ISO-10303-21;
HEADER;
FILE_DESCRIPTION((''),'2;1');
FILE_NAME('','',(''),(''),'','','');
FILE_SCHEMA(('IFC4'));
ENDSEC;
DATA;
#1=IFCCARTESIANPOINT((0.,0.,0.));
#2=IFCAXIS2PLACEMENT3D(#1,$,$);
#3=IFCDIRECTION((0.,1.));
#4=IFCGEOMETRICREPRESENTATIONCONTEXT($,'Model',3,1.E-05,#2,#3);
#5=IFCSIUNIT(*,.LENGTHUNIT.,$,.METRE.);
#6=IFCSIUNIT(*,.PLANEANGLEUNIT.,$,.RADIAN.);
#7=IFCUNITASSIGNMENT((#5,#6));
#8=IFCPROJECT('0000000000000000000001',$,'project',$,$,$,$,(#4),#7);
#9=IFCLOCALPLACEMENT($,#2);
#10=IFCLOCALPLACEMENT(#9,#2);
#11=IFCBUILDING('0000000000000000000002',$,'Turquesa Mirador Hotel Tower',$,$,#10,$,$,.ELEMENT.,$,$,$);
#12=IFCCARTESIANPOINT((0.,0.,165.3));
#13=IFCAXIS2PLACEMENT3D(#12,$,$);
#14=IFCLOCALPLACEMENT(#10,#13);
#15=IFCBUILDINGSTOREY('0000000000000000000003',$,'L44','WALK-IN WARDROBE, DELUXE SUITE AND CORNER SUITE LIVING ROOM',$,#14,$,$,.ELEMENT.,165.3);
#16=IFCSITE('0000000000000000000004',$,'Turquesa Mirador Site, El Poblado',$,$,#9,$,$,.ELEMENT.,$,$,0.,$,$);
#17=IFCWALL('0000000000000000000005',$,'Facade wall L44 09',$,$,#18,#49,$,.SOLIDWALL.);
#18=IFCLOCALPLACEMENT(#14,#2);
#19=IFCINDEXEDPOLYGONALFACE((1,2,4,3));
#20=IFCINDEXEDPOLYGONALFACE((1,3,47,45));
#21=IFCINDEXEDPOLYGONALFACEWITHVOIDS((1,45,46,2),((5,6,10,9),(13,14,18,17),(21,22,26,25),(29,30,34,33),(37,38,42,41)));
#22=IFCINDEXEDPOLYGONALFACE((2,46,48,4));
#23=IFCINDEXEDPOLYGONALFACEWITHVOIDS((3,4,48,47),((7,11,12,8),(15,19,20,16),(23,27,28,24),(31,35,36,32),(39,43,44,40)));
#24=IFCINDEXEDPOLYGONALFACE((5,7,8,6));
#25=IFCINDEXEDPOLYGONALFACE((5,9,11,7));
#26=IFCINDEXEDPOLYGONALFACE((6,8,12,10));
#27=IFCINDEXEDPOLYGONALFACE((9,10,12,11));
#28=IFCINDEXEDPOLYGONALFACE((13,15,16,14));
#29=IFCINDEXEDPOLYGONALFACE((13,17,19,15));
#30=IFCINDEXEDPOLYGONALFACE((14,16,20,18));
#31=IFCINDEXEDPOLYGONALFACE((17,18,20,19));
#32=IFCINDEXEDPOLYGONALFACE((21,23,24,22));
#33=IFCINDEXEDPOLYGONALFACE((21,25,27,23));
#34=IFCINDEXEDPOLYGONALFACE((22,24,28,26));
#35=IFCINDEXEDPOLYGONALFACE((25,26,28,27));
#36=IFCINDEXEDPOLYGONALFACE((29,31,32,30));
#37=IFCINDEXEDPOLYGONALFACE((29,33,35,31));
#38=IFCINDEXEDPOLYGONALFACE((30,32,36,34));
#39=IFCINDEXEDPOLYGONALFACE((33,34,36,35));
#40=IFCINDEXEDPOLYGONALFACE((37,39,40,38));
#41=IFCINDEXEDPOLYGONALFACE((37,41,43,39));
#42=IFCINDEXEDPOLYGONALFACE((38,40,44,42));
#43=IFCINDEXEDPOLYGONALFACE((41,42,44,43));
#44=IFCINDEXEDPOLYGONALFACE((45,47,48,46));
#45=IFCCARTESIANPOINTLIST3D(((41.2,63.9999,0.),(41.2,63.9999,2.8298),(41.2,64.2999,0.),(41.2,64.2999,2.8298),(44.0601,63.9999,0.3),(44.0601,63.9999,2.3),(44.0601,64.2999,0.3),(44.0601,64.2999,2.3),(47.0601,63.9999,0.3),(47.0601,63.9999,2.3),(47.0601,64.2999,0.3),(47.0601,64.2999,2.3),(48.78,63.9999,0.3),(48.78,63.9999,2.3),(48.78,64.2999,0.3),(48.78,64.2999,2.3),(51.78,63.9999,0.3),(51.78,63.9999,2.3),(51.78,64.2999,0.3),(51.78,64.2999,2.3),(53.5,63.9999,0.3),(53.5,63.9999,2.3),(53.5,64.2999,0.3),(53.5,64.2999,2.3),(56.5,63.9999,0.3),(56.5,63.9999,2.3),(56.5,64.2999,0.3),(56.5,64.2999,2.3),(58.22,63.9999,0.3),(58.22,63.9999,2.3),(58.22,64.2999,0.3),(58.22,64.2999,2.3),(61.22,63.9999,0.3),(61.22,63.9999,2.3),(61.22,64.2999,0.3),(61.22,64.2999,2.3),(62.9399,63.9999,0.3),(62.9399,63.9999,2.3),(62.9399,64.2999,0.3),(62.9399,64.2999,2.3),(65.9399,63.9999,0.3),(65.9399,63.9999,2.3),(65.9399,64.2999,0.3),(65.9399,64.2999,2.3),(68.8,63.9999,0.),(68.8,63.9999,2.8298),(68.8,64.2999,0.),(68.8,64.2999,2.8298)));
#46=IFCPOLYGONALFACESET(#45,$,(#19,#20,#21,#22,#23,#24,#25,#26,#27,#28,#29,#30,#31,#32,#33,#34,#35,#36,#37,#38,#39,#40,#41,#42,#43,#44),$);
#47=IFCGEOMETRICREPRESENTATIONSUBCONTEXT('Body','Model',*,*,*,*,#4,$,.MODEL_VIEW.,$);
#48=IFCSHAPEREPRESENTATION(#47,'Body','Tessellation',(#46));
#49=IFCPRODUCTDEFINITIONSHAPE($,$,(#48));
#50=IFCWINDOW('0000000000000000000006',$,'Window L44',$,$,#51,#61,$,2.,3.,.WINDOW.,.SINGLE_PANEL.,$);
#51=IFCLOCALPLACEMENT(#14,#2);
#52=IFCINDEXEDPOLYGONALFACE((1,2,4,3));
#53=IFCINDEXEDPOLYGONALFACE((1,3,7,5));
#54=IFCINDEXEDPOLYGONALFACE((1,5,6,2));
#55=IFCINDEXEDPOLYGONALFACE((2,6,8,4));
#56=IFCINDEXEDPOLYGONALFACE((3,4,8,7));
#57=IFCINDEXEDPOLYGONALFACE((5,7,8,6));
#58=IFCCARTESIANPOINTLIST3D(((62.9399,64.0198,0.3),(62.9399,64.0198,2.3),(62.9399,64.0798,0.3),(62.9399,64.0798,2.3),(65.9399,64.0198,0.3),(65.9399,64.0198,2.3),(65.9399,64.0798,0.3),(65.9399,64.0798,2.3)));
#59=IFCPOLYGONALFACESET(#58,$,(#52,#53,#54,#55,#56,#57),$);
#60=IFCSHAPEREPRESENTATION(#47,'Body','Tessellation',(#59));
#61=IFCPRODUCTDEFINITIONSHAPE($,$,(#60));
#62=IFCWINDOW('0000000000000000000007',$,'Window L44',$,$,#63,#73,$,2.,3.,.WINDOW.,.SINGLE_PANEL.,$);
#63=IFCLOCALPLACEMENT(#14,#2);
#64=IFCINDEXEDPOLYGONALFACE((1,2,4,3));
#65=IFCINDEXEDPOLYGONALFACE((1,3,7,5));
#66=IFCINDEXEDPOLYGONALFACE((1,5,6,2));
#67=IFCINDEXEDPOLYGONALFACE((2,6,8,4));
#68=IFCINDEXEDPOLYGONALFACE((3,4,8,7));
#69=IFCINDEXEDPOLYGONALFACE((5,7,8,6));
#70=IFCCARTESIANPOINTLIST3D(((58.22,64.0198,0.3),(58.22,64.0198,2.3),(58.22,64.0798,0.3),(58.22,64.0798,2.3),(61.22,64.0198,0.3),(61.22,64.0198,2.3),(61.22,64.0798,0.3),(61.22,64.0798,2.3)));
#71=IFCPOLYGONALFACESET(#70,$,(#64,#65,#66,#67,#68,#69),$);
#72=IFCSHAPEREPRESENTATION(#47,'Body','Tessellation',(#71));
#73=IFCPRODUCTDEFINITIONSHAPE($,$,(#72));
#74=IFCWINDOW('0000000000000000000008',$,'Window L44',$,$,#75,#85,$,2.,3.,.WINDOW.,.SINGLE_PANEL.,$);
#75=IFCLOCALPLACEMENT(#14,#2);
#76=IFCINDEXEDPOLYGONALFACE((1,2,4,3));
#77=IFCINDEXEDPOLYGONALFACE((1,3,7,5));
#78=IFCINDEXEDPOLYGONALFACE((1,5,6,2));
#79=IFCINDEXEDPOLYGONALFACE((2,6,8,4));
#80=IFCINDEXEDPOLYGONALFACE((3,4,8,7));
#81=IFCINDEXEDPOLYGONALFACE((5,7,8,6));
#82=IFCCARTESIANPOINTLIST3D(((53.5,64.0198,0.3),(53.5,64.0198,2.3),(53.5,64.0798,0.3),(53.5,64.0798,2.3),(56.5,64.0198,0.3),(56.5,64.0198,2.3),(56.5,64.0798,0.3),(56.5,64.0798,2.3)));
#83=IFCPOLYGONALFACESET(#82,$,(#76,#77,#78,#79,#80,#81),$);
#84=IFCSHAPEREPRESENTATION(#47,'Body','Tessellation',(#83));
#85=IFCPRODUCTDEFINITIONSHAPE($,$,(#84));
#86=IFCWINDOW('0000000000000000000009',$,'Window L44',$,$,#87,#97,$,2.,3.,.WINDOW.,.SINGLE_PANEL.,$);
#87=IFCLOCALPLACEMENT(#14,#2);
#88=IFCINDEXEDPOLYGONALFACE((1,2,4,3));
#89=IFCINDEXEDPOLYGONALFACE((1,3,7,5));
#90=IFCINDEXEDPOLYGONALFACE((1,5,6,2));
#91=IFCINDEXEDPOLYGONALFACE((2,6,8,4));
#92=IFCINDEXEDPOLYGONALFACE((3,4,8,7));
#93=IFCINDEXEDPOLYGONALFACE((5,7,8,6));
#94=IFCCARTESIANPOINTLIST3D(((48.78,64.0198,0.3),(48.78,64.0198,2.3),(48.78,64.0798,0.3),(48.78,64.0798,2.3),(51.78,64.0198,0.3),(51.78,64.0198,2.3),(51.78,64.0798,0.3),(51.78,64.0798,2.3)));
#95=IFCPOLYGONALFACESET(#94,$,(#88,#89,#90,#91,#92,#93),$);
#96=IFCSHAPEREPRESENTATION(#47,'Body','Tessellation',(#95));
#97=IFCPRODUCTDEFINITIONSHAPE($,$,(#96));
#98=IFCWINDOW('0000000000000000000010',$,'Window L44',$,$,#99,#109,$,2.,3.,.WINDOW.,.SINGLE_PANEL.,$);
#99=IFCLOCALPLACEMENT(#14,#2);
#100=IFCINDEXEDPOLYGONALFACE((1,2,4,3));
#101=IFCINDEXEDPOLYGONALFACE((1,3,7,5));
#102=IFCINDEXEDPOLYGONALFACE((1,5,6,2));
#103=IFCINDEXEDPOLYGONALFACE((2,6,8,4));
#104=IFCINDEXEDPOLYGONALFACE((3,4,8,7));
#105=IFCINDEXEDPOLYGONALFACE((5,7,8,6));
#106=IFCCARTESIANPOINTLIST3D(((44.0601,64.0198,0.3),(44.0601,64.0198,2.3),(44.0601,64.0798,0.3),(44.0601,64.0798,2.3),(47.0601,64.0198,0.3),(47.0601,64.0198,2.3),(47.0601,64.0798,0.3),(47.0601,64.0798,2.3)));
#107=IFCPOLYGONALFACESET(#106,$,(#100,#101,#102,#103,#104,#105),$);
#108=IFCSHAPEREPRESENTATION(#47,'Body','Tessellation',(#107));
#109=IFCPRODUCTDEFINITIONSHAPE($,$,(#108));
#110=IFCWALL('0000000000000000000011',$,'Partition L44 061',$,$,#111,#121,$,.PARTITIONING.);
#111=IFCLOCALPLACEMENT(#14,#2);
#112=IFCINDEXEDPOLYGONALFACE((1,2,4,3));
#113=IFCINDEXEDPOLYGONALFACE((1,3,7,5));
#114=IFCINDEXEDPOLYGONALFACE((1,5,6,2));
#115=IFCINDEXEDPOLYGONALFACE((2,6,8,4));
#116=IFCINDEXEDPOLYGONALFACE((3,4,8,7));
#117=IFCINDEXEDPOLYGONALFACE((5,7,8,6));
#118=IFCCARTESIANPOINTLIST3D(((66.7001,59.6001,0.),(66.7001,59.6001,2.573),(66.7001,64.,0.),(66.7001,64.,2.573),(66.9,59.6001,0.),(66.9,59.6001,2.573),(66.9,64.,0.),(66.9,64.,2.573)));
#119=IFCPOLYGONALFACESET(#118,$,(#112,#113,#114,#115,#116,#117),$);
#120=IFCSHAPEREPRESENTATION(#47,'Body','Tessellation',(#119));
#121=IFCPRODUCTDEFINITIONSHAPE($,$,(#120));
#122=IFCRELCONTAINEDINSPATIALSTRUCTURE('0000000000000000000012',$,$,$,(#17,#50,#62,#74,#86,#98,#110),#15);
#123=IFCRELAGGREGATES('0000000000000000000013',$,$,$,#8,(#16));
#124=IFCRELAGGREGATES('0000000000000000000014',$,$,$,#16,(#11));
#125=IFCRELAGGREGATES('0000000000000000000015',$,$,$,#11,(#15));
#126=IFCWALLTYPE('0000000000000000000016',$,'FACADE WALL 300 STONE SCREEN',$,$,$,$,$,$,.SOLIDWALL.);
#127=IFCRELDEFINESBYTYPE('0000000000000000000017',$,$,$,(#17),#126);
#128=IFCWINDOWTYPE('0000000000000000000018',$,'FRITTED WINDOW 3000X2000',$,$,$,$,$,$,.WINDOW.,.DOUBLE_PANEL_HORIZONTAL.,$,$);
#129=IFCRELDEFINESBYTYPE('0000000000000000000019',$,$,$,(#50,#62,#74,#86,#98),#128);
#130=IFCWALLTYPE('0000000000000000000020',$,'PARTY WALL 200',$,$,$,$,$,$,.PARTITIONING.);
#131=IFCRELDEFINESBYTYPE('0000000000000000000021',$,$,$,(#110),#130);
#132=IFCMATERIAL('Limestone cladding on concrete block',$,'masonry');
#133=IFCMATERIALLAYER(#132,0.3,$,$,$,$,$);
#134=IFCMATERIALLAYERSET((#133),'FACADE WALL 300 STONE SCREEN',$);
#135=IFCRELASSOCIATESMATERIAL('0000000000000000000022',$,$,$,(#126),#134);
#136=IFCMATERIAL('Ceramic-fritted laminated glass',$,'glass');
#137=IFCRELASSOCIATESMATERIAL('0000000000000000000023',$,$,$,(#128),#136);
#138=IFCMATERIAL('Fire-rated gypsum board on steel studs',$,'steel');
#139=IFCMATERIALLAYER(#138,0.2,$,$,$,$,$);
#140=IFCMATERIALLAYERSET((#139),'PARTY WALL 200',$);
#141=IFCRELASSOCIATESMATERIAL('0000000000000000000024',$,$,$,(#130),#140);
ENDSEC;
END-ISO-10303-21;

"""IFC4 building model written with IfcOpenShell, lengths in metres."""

from ifc_helpers import new_model, si_unit, direction, frame, frame_2d, origin, place, context, subcontext, project, spatial, rectangle, extrude, material, layer, layer_set, type_object, element, fill, save


model = new_model("IFC4")

# Units and contexts
model_context = context("Model", 3, precision=1e-05, world=origin(), true_north=direction((0.0, 1.0)))
body_context = subcontext(model_context, "Body", "Model", "MODEL_VIEW")
ifc_project = project(units=[si_unit("LENGTHUNIT", "METRE"), si_unit("PLANEANGLEUNIT", "RADIAN")], contexts=[model_context])

# Site, building, storey
site_placement = place(None, origin())
site = spatial("IfcSite", under=ifc_project, at=site_placement, Name="Turquesa Mirador Site, El Poblado", CompositionType="ELEMENT", RefElevation=0.0)
building_placement = place(site_placement, origin())
building = spatial("IfcBuilding", under=site, at=building_placement, Name="Turquesa Mirador Hotel Tower", CompositionType="ELEMENT")
storey_placement = place(building_placement, frame((0.0, 0.0, 165.3)))
storey = spatial("IfcBuildingStorey", under=building, at=storey_placement, Name="L44", Description="WALK-IN WARDROBE, DELUXE SUITE AND CORNER SUITE LIVING ROOM", CompositionType="ELEMENT", Elevation=165.3)

# Shared definitions
ifc_material_1 = material(Name="Limestone cladding on concrete block", Category="masonry")
ifc_layer_1 = layer(ifc_material_1, 0.3)
ifc_layer_set_1 = layer_set([ifc_layer_1], Name="FACADE WALL 300 STONE SCREEN")
wall_type_1 = type_object("IfcWallType", Name="FACADE WALL 300 STONE SCREEN", PredefinedType="SOLIDWALL", material=ifc_layer_set_1)

# Wall, openings, windows
wall_1_placement = place(storey_placement, frame((68.8, 64.1499, 0.0), z_axis=(0.0, 0.0, 1.0), x_axis=(-1.0, 0.0, 0.0)))
wall_1 = element("IfcWall", 1, at=wall_1_placement, inside=storey, type_object=wall_type_1, Name="Facade wall L44 09", PredefinedType="SOLIDWALL", context=body_context, shape_type="SweptSolid", body=[
    extrude(rectangle(XDim=27.6001, YDim=0.3, at=frame_2d((13.8, 0.0))), origin(), (0.0, 0.0, 1.0), 2.8298),
])
opening_1_placement = place(wall_1_placement, frame((2.8601, 0.0, 0.3)))
opening_1 = element("IfcOpeningElement", 2, at=opening_1_placement, cuts=wall_1, PredefinedType="OPENING", context=body_context, shape_type="SweptSolid", body=[
    extrude(rectangle(XDim=3.0, YDim=2.0, at=frame_2d((1.5, 1.0))), frame((0.0, 0.1599, 0.0), z_axis=(0.0, -1.0, 0.0), x_axis=(1.0, 0.0, 0.0)), (0.0, 0.0, 1.0), 0.3201),
])
opening_2_placement = place(wall_1_placement, frame((7.5801, 0.0, 0.3)))
opening_2 = element("IfcOpeningElement", 3, at=opening_2_placement, cuts=wall_1, PredefinedType="OPENING", context=body_context, shape_type="SweptSolid", body=[
    extrude(rectangle(XDim=3.0, YDim=2.0, at=frame_2d((1.5, 1.0))), frame((0.0, 0.1599, 0.0), z_axis=(0.0, -1.0, 0.0), x_axis=(1.0, 0.0, 0.0)), (0.0, 0.0, 1.0), 0.3201),
])
opening_3_placement = place(wall_1_placement, frame((12.3, 0.0, 0.3)))
opening_3 = element("IfcOpeningElement", 4, at=opening_3_placement, cuts=wall_1, PredefinedType="OPENING", context=body_context, shape_type="SweptSolid", body=[
    extrude(rectangle(XDim=3.0, YDim=2.0, at=frame_2d((1.5, 1.0))), frame((0.0, 0.1599, 0.0), z_axis=(0.0, -1.0, 0.0), x_axis=(1.0, 0.0, 0.0)), (0.0, 0.0, 1.0), 0.3201),
])
opening_4_placement = place(wall_1_placement, frame((17.02, 0.0, 0.3)))
opening_4 = element("IfcOpeningElement", 5, at=opening_4_placement, cuts=wall_1, PredefinedType="OPENING", context=body_context, shape_type="SweptSolid", body=[
    extrude(rectangle(XDim=3.0, YDim=2.0, at=frame_2d((1.5, 1.0))), frame((0.0, 0.1599, 0.0), z_axis=(0.0, -1.0, 0.0), x_axis=(1.0, 0.0, 0.0)), (0.0, 0.0, 1.0), 0.3201),
])
opening_5_placement = place(wall_1_placement, frame((21.74, 0.0, 0.3)))
opening_5 = element("IfcOpeningElement", 6, at=opening_5_placement, cuts=wall_1, PredefinedType="OPENING", context=body_context, shape_type="SweptSolid", body=[
    extrude(rectangle(XDim=3.0, YDim=2.0, at=frame_2d((1.5, 1.0))), frame((0.0, 0.1599, 0.0), z_axis=(0.0, -1.0, 0.0), x_axis=(1.0, 0.0, 0.0)), (0.0, 0.0, 1.0), 0.3201),
])
ifc_material_2 = material(Name="Ceramic-fritted laminated glass", Category="glass")
window_type_1 = type_object("IfcWindowType", Name="FRITTED WINDOW 3000X2000", PartitioningType="DOUBLE_PANEL_HORIZONTAL", PredefinedType="WINDOW", material=ifc_material_2)
window_1_placement = place(opening_1_placement, origin())
window_1 = element("IfcWindow", 7, at=window_1_placement, inside=storey, type_object=window_type_1, Name="Window L44", OverallHeight=2.0, OverallWidth=3.0, PartitioningType="SINGLE_PANEL", PredefinedType="WINDOW", context=body_context, shape_type="SweptSolid", body=[
    extrude(rectangle(XDim=3.0, YDim=2.0, at=frame_2d((1.5, 1.0))), frame((0.0, 0.1301, 0.0), z_axis=(0.0, -1.0, 0.0), x_axis=(1.0, 0.0, 0.0)), (0.0, 0.0, 1.0), 0.0601),
])
fill(opening_1, window_1)
window_2_placement = place(opening_2_placement, origin())
window_2 = element("IfcWindow", 8, at=window_2_placement, inside=storey, type_object=window_type_1, Name="Window L44", OverallHeight=2.0, OverallWidth=3.0, PartitioningType="SINGLE_PANEL", PredefinedType="WINDOW", context=body_context, shape_type="SweptSolid", body=[
    extrude(rectangle(XDim=3.0, YDim=2.0, at=frame_2d((1.5, 1.0))), frame((0.0, 0.1301, 0.0), z_axis=(0.0, -1.0, 0.0), x_axis=(1.0, 0.0, 0.0)), (0.0, 0.0, 1.0), 0.0601),
])
fill(opening_2, window_2)
window_3_placement = place(opening_3_placement, origin())
window_3 = element("IfcWindow", 9, at=window_3_placement, inside=storey, type_object=window_type_1, Name="Window L44", OverallHeight=2.0, OverallWidth=3.0, PartitioningType="SINGLE_PANEL", PredefinedType="WINDOW", context=body_context, shape_type="SweptSolid", body=[
    extrude(rectangle(XDim=3.0, YDim=2.0, at=frame_2d((1.5, 1.0))), frame((0.0, 0.1301, 0.0), z_axis=(0.0, -1.0, 0.0), x_axis=(1.0, 0.0, 0.0)), (0.0, 0.0, 1.0), 0.0601),
])
fill(opening_3, window_3)
window_4_placement = place(opening_4_placement, origin())
window_4 = element("IfcWindow", 10, at=window_4_placement, inside=storey, type_object=window_type_1, Name="Window L44", OverallHeight=2.0, OverallWidth=3.0, PartitioningType="SINGLE_PANEL", PredefinedType="WINDOW", context=body_context, shape_type="SweptSolid", body=[
    extrude(rectangle(XDim=3.0, YDim=2.0, at=frame_2d((1.5, 1.0))), frame((0.0, 0.1301, 0.0), z_axis=(0.0, -1.0, 0.0), x_axis=(1.0, 0.0, 0.0)), (0.0, 0.0, 1.0), 0.0601),
])
fill(opening_4, window_4)
window_5_placement = place(opening_5_placement, origin())
window_5 = element("IfcWindow", 11, at=window_5_placement, inside=storey, type_object=window_type_1, Name="Window L44", OverallHeight=2.0, OverallWidth=3.0, PartitioningType="SINGLE_PANEL", PredefinedType="WINDOW", context=body_context, shape_type="SweptSolid", body=[
    extrude(rectangle(XDim=3.0, YDim=2.0, at=frame_2d((1.5, 1.0))), frame((0.0, 0.1301, 0.0), z_axis=(0.0, -1.0, 0.0), x_axis=(1.0, 0.0, 0.0)), (0.0, 0.0, 1.0), 0.0601),
])
fill(opening_5, window_5)

# Wall
ifc_material_3 = material(Name="Fire-rated gypsum board on steel studs", Category="steel")
ifc_layer_2 = layer(ifc_material_3, 0.2)
ifc_layer_set_2 = layer_set([ifc_layer_2], Name="PARTY WALL 200")
wall_type_2 = type_object("IfcWallType", Name="PARTY WALL 200", PredefinedType="PARTITIONING", material=ifc_layer_set_2)
wall_2_placement = place(storey_placement, frame((66.8, 59.6001, 0.0), z_axis=(0.0, 0.0, 1.0), x_axis=(0.0, 1.0, 0.0)))
element("IfcWall", 12, at=wall_2_placement, inside=storey, type_object=wall_type_2, Name="Partition L44 061", PredefinedType="PARTITIONING", context=body_context, shape_type="SweptSolid", body=[
    extrude(rectangle(XDim=4.3999, YDim=0.2, at=frame_2d((2.2, 0.0))), origin(), (0.0, 0.0, 1.0), 2.573),
])

save(model, "model.ifc")
